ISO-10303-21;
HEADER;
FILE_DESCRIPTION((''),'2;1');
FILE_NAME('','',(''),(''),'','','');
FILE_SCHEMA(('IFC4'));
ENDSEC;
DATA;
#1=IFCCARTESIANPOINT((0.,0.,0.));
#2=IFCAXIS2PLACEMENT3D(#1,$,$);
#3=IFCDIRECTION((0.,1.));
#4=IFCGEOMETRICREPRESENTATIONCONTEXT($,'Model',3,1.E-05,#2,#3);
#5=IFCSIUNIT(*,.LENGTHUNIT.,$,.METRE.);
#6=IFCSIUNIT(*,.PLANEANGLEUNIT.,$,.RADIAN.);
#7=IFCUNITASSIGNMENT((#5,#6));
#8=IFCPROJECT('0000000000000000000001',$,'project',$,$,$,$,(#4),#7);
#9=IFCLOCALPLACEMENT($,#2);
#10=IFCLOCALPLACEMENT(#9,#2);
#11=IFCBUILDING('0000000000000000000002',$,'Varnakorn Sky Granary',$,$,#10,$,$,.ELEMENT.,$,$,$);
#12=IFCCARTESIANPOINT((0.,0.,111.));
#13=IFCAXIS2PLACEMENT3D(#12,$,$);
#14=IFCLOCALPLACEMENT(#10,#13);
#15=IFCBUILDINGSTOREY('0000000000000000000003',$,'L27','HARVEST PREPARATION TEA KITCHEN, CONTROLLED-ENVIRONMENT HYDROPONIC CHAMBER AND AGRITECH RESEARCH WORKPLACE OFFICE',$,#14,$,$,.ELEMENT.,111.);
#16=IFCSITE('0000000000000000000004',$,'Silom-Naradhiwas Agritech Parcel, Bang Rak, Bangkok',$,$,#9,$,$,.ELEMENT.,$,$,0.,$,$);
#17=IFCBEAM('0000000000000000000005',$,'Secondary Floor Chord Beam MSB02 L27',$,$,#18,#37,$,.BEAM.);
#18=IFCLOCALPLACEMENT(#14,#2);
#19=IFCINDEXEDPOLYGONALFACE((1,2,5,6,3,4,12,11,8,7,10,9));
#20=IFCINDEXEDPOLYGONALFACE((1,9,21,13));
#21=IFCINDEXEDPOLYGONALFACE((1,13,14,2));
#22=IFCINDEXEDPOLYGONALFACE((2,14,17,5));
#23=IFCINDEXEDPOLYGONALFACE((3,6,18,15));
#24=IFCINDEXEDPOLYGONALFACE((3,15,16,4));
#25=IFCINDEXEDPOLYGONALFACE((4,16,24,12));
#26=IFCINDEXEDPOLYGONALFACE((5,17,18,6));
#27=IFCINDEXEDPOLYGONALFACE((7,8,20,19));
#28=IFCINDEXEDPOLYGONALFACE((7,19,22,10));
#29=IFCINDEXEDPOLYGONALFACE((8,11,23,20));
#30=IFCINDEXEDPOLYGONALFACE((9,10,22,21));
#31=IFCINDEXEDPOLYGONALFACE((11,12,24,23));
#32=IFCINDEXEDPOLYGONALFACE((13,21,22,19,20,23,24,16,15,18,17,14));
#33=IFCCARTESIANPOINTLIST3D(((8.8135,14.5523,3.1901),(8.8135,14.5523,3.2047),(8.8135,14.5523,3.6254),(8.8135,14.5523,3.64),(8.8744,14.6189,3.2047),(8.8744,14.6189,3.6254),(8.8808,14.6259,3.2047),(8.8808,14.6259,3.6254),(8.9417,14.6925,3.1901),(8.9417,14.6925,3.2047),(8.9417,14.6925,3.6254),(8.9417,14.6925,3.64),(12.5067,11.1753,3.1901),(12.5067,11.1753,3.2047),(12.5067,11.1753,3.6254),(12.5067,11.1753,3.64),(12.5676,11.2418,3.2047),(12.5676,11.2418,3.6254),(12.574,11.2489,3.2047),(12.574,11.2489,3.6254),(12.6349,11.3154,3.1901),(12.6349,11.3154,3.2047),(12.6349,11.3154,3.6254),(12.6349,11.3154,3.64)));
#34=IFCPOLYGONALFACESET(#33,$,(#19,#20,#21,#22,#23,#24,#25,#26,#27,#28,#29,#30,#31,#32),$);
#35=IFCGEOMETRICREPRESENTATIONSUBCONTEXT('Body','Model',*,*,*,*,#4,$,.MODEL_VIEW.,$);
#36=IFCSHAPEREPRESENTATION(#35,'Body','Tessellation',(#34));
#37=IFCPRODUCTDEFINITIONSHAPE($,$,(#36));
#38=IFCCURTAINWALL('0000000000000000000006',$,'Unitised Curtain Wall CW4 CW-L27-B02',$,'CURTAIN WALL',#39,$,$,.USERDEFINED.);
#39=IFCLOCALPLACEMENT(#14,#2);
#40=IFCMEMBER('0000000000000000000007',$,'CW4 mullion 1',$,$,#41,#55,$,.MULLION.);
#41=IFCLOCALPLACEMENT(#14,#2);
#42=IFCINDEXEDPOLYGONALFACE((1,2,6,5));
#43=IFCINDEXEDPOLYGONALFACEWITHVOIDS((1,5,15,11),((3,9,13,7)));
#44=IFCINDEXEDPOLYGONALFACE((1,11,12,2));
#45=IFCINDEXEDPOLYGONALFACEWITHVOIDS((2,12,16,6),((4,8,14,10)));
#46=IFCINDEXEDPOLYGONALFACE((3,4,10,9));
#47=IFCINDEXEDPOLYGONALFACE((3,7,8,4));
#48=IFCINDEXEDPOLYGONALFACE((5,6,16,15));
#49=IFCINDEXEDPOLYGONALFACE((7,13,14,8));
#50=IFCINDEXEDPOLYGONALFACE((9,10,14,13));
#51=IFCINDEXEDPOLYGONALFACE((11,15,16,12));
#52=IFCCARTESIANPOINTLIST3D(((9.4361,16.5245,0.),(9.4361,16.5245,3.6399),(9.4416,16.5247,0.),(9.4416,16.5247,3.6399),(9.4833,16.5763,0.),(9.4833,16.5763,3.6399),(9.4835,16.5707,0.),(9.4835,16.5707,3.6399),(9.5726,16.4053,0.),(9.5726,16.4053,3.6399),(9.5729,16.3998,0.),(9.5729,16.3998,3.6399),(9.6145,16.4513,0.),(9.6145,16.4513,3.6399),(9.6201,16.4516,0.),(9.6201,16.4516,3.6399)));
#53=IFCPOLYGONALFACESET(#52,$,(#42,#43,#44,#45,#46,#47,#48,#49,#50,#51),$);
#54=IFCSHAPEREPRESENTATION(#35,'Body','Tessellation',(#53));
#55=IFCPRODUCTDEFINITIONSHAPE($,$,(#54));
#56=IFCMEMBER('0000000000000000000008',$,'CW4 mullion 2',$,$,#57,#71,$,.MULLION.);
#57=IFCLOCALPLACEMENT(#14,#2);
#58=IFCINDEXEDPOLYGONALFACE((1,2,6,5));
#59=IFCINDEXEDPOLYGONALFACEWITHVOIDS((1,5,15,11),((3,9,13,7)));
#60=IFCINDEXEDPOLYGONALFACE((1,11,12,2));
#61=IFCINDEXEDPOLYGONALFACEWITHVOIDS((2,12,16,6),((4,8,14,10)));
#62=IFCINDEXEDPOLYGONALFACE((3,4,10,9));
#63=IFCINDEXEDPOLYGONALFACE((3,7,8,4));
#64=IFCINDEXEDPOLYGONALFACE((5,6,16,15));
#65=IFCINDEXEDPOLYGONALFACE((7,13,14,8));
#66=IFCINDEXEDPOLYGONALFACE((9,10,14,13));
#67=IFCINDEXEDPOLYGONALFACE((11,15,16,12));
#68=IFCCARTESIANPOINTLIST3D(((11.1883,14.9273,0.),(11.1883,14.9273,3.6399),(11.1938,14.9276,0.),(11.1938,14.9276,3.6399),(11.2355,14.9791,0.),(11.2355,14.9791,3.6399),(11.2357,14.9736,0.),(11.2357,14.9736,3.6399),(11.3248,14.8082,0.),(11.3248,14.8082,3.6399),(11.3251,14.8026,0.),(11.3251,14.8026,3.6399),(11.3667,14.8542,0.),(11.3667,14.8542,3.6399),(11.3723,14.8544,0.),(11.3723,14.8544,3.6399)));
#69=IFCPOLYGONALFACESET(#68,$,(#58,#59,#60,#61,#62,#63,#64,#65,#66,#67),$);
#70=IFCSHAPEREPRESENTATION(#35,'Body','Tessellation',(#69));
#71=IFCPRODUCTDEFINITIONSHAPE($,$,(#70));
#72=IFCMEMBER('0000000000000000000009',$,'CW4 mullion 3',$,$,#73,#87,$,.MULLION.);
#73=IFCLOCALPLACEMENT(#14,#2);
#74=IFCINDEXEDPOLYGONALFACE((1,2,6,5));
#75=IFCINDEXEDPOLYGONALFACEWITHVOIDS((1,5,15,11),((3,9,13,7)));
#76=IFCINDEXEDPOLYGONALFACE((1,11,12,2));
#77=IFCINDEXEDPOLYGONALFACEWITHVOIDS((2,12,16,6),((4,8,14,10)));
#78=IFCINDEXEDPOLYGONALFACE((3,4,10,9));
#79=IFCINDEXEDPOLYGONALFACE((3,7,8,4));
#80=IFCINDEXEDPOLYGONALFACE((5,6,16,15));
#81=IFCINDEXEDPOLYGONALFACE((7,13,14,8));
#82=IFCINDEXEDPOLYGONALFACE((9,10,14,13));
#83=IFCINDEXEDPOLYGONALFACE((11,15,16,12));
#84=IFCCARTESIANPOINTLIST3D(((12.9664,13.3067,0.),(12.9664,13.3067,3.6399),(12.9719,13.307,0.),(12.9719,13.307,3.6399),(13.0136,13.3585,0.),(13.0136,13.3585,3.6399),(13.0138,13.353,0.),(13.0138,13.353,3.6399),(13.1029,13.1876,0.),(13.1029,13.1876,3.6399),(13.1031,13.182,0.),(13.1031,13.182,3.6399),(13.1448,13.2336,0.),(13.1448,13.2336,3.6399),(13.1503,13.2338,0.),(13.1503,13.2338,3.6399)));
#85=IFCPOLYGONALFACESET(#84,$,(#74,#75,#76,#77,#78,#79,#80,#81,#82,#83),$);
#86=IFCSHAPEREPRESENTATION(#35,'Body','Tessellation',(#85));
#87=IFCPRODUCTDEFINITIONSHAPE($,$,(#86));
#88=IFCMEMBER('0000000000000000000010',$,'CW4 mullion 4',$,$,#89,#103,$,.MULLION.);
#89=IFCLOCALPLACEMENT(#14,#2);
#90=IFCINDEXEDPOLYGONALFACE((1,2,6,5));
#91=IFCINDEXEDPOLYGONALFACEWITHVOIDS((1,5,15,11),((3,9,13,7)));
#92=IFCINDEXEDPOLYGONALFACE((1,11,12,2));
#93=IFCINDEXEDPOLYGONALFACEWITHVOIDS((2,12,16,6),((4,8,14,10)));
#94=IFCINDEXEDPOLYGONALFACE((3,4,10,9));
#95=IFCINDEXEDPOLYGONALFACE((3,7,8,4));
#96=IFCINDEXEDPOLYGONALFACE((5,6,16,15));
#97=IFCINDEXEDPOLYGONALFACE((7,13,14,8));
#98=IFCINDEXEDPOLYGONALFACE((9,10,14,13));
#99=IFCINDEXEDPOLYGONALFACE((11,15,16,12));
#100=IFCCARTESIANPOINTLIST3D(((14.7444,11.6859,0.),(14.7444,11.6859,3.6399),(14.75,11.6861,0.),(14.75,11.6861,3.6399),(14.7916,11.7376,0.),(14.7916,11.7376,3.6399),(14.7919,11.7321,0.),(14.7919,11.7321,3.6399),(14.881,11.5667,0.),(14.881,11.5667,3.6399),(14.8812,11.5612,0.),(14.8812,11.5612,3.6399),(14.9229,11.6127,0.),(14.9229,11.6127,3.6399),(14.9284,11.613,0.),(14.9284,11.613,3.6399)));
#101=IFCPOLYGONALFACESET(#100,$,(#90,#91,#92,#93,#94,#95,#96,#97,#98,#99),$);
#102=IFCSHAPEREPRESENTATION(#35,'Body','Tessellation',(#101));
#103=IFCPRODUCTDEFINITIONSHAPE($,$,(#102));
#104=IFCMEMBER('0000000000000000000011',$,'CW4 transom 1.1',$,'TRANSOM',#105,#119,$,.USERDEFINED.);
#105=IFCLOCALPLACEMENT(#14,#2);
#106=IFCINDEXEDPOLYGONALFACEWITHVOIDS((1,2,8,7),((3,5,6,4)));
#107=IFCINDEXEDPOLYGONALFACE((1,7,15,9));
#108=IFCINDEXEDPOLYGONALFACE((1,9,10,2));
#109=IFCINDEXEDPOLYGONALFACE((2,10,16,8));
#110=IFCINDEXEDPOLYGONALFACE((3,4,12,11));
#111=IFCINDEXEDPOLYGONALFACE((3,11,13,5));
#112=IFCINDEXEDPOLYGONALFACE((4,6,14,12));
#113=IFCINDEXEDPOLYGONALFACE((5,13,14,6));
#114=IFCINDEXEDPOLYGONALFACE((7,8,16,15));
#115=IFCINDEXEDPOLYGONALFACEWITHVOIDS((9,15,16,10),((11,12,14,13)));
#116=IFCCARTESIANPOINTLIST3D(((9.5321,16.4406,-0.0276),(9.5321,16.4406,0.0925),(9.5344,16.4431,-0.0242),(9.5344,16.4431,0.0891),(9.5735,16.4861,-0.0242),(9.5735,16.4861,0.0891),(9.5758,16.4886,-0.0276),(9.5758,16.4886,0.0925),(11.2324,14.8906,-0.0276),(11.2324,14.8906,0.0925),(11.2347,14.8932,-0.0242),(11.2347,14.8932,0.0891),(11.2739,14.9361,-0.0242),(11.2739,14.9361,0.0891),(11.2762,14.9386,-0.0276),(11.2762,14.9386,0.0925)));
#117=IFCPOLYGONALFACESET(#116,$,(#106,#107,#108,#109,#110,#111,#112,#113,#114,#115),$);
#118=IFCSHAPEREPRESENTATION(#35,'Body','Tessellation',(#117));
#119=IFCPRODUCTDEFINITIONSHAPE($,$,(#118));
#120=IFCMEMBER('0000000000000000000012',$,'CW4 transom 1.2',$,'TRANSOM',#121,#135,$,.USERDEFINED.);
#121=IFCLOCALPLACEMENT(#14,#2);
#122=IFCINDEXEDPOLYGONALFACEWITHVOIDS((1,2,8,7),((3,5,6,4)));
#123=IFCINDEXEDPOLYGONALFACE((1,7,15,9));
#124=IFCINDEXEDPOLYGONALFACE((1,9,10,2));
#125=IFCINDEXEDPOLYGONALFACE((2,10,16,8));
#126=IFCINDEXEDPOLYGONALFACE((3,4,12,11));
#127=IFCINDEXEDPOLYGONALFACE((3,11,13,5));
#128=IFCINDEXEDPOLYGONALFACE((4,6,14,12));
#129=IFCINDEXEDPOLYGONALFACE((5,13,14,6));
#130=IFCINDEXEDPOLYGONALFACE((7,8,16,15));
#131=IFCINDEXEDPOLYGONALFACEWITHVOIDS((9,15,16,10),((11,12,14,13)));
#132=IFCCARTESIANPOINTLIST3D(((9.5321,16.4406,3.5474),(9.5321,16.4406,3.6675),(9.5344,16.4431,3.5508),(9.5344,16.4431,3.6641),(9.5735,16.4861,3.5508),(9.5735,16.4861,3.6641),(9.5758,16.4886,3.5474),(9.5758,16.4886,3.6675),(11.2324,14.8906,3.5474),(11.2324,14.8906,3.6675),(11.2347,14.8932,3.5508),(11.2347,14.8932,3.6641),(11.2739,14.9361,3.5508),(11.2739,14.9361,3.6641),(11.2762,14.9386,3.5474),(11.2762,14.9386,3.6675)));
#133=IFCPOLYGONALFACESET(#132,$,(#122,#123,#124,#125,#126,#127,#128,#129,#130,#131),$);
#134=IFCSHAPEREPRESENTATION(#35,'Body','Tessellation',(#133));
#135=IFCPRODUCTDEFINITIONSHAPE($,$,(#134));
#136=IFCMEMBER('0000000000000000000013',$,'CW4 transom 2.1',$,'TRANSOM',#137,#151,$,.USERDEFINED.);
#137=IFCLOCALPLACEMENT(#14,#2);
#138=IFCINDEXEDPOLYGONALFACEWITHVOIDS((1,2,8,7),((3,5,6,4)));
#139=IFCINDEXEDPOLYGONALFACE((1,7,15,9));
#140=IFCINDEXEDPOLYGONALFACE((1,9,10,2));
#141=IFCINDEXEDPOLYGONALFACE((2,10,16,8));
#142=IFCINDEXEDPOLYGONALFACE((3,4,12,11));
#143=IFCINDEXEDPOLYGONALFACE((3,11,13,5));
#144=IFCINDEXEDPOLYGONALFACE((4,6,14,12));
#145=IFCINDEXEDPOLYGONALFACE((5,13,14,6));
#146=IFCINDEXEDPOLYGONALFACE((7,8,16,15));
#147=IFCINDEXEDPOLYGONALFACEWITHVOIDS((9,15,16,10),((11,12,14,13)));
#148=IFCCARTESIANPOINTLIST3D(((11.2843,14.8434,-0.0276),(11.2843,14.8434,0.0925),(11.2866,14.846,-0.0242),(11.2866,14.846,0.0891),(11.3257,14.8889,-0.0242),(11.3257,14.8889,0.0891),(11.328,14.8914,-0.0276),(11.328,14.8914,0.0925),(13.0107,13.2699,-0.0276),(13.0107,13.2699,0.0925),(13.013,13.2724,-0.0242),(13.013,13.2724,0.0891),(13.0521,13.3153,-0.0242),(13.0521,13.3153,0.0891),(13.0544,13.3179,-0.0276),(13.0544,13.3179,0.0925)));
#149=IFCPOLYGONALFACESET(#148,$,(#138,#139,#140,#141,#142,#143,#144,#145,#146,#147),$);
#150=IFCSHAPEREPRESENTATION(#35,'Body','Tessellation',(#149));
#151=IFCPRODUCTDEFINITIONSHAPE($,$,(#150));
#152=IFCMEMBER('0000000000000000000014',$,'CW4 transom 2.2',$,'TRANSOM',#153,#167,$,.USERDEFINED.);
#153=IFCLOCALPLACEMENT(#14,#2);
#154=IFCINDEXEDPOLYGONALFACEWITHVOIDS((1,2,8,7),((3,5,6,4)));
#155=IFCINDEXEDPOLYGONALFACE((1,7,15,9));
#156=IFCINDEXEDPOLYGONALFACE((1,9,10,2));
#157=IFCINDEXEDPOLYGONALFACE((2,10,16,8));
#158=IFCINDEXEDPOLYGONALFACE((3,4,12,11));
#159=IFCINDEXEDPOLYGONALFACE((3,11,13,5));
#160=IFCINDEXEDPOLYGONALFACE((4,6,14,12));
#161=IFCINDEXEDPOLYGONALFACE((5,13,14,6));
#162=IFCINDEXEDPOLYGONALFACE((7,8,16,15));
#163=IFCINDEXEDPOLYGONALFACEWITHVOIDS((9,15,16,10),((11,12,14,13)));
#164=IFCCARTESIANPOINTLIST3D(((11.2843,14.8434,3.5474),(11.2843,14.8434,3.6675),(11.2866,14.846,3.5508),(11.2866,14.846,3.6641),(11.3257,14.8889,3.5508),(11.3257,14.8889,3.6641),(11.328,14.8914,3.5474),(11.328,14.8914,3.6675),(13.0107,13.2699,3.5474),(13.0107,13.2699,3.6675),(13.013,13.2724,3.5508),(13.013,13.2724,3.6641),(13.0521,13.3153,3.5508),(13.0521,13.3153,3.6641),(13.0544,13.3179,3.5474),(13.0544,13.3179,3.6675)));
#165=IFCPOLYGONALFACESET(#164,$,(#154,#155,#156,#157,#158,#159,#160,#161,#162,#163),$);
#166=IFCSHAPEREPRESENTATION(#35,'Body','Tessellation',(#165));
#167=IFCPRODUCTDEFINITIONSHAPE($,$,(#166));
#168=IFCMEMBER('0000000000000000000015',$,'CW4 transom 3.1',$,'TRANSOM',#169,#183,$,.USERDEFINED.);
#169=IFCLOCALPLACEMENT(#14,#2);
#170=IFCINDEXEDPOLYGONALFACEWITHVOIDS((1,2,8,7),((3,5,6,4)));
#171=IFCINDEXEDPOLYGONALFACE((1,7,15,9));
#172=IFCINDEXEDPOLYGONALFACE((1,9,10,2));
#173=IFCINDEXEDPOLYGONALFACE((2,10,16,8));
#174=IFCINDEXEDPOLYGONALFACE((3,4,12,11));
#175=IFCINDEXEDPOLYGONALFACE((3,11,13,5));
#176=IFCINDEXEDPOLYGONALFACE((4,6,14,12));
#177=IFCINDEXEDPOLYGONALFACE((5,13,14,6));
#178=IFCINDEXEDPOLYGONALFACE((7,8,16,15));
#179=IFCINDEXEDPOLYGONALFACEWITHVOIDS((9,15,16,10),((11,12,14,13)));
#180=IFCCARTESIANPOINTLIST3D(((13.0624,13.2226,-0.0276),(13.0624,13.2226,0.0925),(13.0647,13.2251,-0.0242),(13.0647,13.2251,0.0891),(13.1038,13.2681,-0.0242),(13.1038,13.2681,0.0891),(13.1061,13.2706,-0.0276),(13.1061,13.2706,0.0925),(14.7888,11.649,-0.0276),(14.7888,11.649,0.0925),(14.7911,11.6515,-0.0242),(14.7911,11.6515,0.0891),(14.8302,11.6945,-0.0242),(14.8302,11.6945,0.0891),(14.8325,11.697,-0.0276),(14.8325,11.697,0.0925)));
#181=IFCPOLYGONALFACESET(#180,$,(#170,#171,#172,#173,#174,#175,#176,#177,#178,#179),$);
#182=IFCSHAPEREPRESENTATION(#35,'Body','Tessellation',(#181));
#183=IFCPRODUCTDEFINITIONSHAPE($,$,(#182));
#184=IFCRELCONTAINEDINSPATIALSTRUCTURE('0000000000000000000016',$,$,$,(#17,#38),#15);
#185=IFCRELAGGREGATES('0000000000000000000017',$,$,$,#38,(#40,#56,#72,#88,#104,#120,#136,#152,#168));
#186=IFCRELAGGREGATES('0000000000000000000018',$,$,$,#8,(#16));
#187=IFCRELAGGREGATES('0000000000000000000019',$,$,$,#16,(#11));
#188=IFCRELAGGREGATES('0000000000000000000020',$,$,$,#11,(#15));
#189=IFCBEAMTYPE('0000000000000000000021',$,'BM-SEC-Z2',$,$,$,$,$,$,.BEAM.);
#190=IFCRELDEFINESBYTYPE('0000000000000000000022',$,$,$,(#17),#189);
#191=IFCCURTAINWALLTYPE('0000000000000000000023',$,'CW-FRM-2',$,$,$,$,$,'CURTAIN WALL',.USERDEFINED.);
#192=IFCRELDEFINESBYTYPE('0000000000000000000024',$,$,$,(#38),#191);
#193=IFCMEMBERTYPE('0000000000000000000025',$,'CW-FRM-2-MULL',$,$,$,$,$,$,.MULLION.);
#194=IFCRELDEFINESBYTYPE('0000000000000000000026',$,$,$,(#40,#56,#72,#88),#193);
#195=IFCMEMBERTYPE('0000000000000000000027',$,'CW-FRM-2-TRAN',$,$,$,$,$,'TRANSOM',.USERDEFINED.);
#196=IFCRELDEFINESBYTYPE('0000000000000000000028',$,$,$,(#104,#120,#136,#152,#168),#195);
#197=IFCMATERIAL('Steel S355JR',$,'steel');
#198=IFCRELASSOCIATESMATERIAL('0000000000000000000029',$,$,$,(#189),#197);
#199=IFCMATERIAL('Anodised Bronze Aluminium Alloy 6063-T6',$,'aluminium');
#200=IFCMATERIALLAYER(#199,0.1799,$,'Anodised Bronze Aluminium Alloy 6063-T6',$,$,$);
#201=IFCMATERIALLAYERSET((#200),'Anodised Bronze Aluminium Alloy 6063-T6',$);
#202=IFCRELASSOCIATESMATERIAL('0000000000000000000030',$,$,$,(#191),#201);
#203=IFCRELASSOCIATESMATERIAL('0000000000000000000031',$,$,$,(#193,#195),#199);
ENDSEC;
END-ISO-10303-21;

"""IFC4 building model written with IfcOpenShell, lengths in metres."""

from ifc_helpers import new_model, si_unit, direction, frame, origin, origin_2d, place, context, subcontext, project, spatial, hollow_rectangle, i_section, extrude, material, layer, layer_set, material_profile, profile_set, type_object, element, aggregate, save


model = new_model("IFC4")

# Units and contexts
model_context = context("Model", 3, precision=1e-05, world=origin(), true_north=direction((0.0, 1.0)))
body_context = subcontext(model_context, "Body", "Model", "MODEL_VIEW")
ifc_project = project(units=[si_unit("LENGTHUNIT", "METRE"), si_unit("PLANEANGLEUNIT", "RADIAN")], contexts=[model_context])

# Site, building, storey
site_placement = place(None, origin())
site = spatial("IfcSite", under=ifc_project, at=site_placement, Name="Silom-Naradhiwas Agritech Parcel, Bang Rak, Bangkok", CompositionType="ELEMENT", RefElevation=0.0)
building_placement = place(site_placement, origin())
building = spatial("IfcBuilding", under=site, at=building_placement, Name="Varnakorn Sky Granary", CompositionType="ELEMENT")
storey_placement = place(building_placement, frame((0.0, 0.0, 111.0)))
storey = spatial("IfcBuildingStorey", under=building, at=storey_placement, Name="L27", Description="HARVEST PREPARATION TEA KITCHEN, CONTROLLED-ENVIRONMENT HYDROPONIC CHAMBER AND AGRITECH RESEARCH WORKPLACE OFFICE", CompositionType="ELEMENT", Elevation=111.0)

# Beam
ifc_material_1 = material(Name="Steel S355JR", Category="steel")
ifc_material_profile_1 = material_profile(ifc_material_1, i_section(OverallWidth=0.1899, OverallDepth=0.45, WebThickness=0.0095, FlangeThickness=0.0146, at=origin_2d()), Name="IPE 450")
ifc_profile_set_1 = profile_set([ifc_material_profile_1], Name="Steel S355JR")
beam_type = type_object("IfcBeamType", Name="BM-SEC-Z2", PredefinedType="BEAM", material=ifc_profile_set_1)
beam_placement = place(storey_placement, frame((12.5708, 11.2454, 3.415), z_axis=(-0.73799, 0.674812, 0.0), x_axis=(-0.674812, -0.73799, 0.0)))
element("IfcBeam", 1, at=beam_placement, inside=storey, type_object=beam_type, Name="Secondary Floor Chord Beam MSB02 L27", PredefinedType="BEAM", context=body_context, shape_type="SweptSolid", body=[
    extrude(i_section(OverallWidth=0.1899, OverallDepth=0.45, WebThickness=0.0095, FlangeThickness=0.0146, at=origin_2d()), origin(), (0.0, 0.0, 1.0), 5.0044),
])

# Curtain wall, members
ifc_material_2 = material(Name="Anodised Bronze Aluminium Alloy 6063-T6", Category="aluminium")
ifc_layer_1 = layer(ifc_material_2, 0.1799, Name="Anodised Bronze Aluminium Alloy 6063-T6")
ifc_layer_set_1 = layer_set([ifc_layer_1], Name="Anodised Bronze Aluminium Alloy 6063-T6")
curtain_wall_type = type_object("IfcCurtainWallType", Name="CW-FRM-2", ElementType="CURTAIN WALL", PredefinedType="USERDEFINED", material=ifc_layer_set_1)
curtain_wall_placement = place(storey_placement, origin())
curtain_wall = element("IfcCurtainWall", 2, at=curtain_wall_placement, inside=storey, type_object=curtain_wall_type, Name="Unitised Curtain Wall CW4 CW-L27-B02", ObjectType="CURTAIN WALL", PredefinedType="USERDEFINED")
ifc_material_profile_2 = material_profile(ifc_material_2, hollow_rectangle(XDim=0.0701, YDim=0.1851, WallThickness=0.0039, at=origin_2d()), Name="ALU MULL 70x185")
ifc_profile_set_2 = profile_set([ifc_material_profile_2], Name="Anodised Bronze Aluminium Alloy 6063-T6")
member_type_1 = type_object("IfcMemberType", Name="CW-FRM-2-MULL", PredefinedType="MULLION", material=ifc_profile_set_2)
member_1_placement = place(storey_placement, frame((9.5281, 16.488, 0.0), z_axis=(0.0, 0.0, 1.0), x_axis=(0.673654, 0.739047, 0.0)))
member_1 = element("IfcMember", 3, at=member_1_placement, type_object=member_type_1, Name="CW4 mullion 1", PredefinedType="MULLION", context=body_context, shape_type="SweptSolid", body=[
    extrude(hollow_rectangle(XDim=0.0701, YDim=0.1851, WallThickness=0.0039, at=origin_2d()), origin(), (0.0, 0.0, 1.0), 3.6399),
])
member_2_placement = place(storey_placement, frame((11.2803, 14.8909, 0.0), z_axis=(0.0, 0.0, 1.0), x_axis=(0.673654, 0.739047, 0.0)))
member_2 = element("IfcMember", 4, at=member_2_placement, type_object=member_type_1, Name="CW4 mullion 2", PredefinedType="MULLION", context=body_context, shape_type="SweptSolid", body=[
    extrude(hollow_rectangle(XDim=0.0701, YDim=0.1851, WallThickness=0.0039, at=origin_2d()), origin(), (0.0, 0.0, 1.0), 3.6399),
])
member_3_placement = place(storey_placement, frame((13.0583, 13.2703, 0.0), z_axis=(0.0, 0.0, 1.0), x_axis=(0.673654, 0.739047, 0.0)))
member_3 = element("IfcMember", 5, at=member_3_placement, type_object=member_type_1, Name="CW4 mullion 3", PredefinedType="MULLION", context=body_context, shape_type="SweptSolid", body=[
    extrude(hollow_rectangle(XDim=0.0701, YDim=0.1851, WallThickness=0.0039, at=origin_2d()), origin(), (0.0, 0.0, 1.0), 3.6399),
])
member_4_placement = place(storey_placement, frame((14.8364, 11.6494, 0.0), z_axis=(0.0, 0.0, 1.0), x_axis=(0.673654, 0.739047, 0.0)))
member_4 = element("IfcMember", 6, at=member_4_placement, type_object=member_type_1, Name="CW4 mullion 4", PredefinedType="MULLION", context=body_context, shape_type="SweptSolid", body=[
    extrude(hollow_rectangle(XDim=0.0701, YDim=0.1851, WallThickness=0.0039, at=origin_2d()), origin(), (0.0, 0.0, 1.0), 3.6399),
])
ifc_material_profile_3 = material_profile(ifc_material_2, hollow_rectangle(XDim=0.0649, YDim=0.1201, WallThickness=0.0034, at=origin_2d()), Name="ALU TRAN 65x120")
ifc_profile_set_3 = profile_set([ifc_material_profile_3], Name="Anodised Bronze Aluminium Alloy 6063-T6")
member_type_2 = type_object("IfcMemberType", Name="CW-FRM-2-TRAN", ElementType="TRANSOM", PredefinedType="USERDEFINED", material=ifc_profile_set_3)
member_5_placement = place(storey_placement, frame((9.554, 16.4646, 0.0325), z_axis=(0.739032, -0.67367, 0.0), x_axis=(0.67367, 0.739032, 0.0)))
member_5 = element("IfcMember", 7, at=member_5_placement, type_object=member_type_2, Name="CW4 transom 1.1", ObjectType="TRANSOM", PredefinedType="USERDEFINED", context=body_context, shape_type="SweptSolid", body=[
    extrude(hollow_rectangle(XDim=0.0649, YDim=0.1201, WallThickness=0.0034, at=origin_2d()), origin(), (0.0, 0.0, 1.0), 2.3008),
])
member_6_placement = place(storey_placement, frame((9.554, 16.4646, 3.6074), z_axis=(0.739032, -0.67367, 0.0), x_axis=(0.67367, 0.739032, 0.0)))
member_6 = element("IfcMember", 8, at=member_6_placement, type_object=member_type_2, Name="CW4 transom 1.2", ObjectType="TRANSOM", PredefinedType="USERDEFINED", context=body_context, shape_type="SweptSolid", body=[
    extrude(hollow_rectangle(XDim=0.0649, YDim=0.1201, WallThickness=0.0034, at=origin_2d()), origin(), (0.0, 0.0, 1.0), 2.3008),
])
member_7_placement = place(storey_placement, frame((11.3062, 14.8674, 0.0325), z_axis=(0.739065, -0.673635, 0.0), x_axis=(0.673635, 0.739065, 0.0)))
member_7 = element("IfcMember", 9, at=member_7_placement, type_object=member_type_2, Name="CW4 transom 2.1", ObjectType="TRANSOM", PredefinedType="USERDEFINED", context=body_context, shape_type="SweptSolid", body=[
    extrude(hollow_rectangle(XDim=0.0649, YDim=0.1201, WallThickness=0.0034, at=origin_2d()), origin(), (0.0, 0.0, 1.0), 2.3359),
])
member_8_placement = place(storey_placement, frame((11.3062, 14.8674, 3.6074), z_axis=(0.739065, -0.673635, 0.0), x_axis=(0.673635, 0.739065, 0.0)))
member_8 = element("IfcMember", 10, at=member_8_placement, type_object=member_type_2, Name="CW4 transom 2.2", ObjectType="TRANSOM", PredefinedType="USERDEFINED", context=body_context, shape_type="SweptSolid", body=[
    extrude(hollow_rectangle(XDim=0.0649, YDim=0.1201, WallThickness=0.0034, at=origin_2d()), origin(), (0.0, 0.0, 1.0), 2.3359),
])
member_9_placement = place(storey_placement, frame((13.0842, 13.2466, 0.0325), z_axis=(0.739065, -0.673635, 0.0), x_axis=(0.673635, 0.739065, 0.0)))
member_9 = element("IfcMember", 11, at=member_9_placement, type_object=member_type_2, Name="CW4 transom 3.1", ObjectType="TRANSOM", PredefinedType="USERDEFINED", context=body_context, shape_type="SweptSolid", body=[
    extrude(hollow_rectangle(XDim=0.0649, YDim=0.1201, WallThickness=0.0034, at=origin_2d()), origin(), (0.0, 0.0, 1.0), 2.3359),
])
aggregate(curtain_wall, [member_1, member_2, member_3, member_4, member_5, member_6, member_7, member_8, member_9])

save(model, "model.ifc")
